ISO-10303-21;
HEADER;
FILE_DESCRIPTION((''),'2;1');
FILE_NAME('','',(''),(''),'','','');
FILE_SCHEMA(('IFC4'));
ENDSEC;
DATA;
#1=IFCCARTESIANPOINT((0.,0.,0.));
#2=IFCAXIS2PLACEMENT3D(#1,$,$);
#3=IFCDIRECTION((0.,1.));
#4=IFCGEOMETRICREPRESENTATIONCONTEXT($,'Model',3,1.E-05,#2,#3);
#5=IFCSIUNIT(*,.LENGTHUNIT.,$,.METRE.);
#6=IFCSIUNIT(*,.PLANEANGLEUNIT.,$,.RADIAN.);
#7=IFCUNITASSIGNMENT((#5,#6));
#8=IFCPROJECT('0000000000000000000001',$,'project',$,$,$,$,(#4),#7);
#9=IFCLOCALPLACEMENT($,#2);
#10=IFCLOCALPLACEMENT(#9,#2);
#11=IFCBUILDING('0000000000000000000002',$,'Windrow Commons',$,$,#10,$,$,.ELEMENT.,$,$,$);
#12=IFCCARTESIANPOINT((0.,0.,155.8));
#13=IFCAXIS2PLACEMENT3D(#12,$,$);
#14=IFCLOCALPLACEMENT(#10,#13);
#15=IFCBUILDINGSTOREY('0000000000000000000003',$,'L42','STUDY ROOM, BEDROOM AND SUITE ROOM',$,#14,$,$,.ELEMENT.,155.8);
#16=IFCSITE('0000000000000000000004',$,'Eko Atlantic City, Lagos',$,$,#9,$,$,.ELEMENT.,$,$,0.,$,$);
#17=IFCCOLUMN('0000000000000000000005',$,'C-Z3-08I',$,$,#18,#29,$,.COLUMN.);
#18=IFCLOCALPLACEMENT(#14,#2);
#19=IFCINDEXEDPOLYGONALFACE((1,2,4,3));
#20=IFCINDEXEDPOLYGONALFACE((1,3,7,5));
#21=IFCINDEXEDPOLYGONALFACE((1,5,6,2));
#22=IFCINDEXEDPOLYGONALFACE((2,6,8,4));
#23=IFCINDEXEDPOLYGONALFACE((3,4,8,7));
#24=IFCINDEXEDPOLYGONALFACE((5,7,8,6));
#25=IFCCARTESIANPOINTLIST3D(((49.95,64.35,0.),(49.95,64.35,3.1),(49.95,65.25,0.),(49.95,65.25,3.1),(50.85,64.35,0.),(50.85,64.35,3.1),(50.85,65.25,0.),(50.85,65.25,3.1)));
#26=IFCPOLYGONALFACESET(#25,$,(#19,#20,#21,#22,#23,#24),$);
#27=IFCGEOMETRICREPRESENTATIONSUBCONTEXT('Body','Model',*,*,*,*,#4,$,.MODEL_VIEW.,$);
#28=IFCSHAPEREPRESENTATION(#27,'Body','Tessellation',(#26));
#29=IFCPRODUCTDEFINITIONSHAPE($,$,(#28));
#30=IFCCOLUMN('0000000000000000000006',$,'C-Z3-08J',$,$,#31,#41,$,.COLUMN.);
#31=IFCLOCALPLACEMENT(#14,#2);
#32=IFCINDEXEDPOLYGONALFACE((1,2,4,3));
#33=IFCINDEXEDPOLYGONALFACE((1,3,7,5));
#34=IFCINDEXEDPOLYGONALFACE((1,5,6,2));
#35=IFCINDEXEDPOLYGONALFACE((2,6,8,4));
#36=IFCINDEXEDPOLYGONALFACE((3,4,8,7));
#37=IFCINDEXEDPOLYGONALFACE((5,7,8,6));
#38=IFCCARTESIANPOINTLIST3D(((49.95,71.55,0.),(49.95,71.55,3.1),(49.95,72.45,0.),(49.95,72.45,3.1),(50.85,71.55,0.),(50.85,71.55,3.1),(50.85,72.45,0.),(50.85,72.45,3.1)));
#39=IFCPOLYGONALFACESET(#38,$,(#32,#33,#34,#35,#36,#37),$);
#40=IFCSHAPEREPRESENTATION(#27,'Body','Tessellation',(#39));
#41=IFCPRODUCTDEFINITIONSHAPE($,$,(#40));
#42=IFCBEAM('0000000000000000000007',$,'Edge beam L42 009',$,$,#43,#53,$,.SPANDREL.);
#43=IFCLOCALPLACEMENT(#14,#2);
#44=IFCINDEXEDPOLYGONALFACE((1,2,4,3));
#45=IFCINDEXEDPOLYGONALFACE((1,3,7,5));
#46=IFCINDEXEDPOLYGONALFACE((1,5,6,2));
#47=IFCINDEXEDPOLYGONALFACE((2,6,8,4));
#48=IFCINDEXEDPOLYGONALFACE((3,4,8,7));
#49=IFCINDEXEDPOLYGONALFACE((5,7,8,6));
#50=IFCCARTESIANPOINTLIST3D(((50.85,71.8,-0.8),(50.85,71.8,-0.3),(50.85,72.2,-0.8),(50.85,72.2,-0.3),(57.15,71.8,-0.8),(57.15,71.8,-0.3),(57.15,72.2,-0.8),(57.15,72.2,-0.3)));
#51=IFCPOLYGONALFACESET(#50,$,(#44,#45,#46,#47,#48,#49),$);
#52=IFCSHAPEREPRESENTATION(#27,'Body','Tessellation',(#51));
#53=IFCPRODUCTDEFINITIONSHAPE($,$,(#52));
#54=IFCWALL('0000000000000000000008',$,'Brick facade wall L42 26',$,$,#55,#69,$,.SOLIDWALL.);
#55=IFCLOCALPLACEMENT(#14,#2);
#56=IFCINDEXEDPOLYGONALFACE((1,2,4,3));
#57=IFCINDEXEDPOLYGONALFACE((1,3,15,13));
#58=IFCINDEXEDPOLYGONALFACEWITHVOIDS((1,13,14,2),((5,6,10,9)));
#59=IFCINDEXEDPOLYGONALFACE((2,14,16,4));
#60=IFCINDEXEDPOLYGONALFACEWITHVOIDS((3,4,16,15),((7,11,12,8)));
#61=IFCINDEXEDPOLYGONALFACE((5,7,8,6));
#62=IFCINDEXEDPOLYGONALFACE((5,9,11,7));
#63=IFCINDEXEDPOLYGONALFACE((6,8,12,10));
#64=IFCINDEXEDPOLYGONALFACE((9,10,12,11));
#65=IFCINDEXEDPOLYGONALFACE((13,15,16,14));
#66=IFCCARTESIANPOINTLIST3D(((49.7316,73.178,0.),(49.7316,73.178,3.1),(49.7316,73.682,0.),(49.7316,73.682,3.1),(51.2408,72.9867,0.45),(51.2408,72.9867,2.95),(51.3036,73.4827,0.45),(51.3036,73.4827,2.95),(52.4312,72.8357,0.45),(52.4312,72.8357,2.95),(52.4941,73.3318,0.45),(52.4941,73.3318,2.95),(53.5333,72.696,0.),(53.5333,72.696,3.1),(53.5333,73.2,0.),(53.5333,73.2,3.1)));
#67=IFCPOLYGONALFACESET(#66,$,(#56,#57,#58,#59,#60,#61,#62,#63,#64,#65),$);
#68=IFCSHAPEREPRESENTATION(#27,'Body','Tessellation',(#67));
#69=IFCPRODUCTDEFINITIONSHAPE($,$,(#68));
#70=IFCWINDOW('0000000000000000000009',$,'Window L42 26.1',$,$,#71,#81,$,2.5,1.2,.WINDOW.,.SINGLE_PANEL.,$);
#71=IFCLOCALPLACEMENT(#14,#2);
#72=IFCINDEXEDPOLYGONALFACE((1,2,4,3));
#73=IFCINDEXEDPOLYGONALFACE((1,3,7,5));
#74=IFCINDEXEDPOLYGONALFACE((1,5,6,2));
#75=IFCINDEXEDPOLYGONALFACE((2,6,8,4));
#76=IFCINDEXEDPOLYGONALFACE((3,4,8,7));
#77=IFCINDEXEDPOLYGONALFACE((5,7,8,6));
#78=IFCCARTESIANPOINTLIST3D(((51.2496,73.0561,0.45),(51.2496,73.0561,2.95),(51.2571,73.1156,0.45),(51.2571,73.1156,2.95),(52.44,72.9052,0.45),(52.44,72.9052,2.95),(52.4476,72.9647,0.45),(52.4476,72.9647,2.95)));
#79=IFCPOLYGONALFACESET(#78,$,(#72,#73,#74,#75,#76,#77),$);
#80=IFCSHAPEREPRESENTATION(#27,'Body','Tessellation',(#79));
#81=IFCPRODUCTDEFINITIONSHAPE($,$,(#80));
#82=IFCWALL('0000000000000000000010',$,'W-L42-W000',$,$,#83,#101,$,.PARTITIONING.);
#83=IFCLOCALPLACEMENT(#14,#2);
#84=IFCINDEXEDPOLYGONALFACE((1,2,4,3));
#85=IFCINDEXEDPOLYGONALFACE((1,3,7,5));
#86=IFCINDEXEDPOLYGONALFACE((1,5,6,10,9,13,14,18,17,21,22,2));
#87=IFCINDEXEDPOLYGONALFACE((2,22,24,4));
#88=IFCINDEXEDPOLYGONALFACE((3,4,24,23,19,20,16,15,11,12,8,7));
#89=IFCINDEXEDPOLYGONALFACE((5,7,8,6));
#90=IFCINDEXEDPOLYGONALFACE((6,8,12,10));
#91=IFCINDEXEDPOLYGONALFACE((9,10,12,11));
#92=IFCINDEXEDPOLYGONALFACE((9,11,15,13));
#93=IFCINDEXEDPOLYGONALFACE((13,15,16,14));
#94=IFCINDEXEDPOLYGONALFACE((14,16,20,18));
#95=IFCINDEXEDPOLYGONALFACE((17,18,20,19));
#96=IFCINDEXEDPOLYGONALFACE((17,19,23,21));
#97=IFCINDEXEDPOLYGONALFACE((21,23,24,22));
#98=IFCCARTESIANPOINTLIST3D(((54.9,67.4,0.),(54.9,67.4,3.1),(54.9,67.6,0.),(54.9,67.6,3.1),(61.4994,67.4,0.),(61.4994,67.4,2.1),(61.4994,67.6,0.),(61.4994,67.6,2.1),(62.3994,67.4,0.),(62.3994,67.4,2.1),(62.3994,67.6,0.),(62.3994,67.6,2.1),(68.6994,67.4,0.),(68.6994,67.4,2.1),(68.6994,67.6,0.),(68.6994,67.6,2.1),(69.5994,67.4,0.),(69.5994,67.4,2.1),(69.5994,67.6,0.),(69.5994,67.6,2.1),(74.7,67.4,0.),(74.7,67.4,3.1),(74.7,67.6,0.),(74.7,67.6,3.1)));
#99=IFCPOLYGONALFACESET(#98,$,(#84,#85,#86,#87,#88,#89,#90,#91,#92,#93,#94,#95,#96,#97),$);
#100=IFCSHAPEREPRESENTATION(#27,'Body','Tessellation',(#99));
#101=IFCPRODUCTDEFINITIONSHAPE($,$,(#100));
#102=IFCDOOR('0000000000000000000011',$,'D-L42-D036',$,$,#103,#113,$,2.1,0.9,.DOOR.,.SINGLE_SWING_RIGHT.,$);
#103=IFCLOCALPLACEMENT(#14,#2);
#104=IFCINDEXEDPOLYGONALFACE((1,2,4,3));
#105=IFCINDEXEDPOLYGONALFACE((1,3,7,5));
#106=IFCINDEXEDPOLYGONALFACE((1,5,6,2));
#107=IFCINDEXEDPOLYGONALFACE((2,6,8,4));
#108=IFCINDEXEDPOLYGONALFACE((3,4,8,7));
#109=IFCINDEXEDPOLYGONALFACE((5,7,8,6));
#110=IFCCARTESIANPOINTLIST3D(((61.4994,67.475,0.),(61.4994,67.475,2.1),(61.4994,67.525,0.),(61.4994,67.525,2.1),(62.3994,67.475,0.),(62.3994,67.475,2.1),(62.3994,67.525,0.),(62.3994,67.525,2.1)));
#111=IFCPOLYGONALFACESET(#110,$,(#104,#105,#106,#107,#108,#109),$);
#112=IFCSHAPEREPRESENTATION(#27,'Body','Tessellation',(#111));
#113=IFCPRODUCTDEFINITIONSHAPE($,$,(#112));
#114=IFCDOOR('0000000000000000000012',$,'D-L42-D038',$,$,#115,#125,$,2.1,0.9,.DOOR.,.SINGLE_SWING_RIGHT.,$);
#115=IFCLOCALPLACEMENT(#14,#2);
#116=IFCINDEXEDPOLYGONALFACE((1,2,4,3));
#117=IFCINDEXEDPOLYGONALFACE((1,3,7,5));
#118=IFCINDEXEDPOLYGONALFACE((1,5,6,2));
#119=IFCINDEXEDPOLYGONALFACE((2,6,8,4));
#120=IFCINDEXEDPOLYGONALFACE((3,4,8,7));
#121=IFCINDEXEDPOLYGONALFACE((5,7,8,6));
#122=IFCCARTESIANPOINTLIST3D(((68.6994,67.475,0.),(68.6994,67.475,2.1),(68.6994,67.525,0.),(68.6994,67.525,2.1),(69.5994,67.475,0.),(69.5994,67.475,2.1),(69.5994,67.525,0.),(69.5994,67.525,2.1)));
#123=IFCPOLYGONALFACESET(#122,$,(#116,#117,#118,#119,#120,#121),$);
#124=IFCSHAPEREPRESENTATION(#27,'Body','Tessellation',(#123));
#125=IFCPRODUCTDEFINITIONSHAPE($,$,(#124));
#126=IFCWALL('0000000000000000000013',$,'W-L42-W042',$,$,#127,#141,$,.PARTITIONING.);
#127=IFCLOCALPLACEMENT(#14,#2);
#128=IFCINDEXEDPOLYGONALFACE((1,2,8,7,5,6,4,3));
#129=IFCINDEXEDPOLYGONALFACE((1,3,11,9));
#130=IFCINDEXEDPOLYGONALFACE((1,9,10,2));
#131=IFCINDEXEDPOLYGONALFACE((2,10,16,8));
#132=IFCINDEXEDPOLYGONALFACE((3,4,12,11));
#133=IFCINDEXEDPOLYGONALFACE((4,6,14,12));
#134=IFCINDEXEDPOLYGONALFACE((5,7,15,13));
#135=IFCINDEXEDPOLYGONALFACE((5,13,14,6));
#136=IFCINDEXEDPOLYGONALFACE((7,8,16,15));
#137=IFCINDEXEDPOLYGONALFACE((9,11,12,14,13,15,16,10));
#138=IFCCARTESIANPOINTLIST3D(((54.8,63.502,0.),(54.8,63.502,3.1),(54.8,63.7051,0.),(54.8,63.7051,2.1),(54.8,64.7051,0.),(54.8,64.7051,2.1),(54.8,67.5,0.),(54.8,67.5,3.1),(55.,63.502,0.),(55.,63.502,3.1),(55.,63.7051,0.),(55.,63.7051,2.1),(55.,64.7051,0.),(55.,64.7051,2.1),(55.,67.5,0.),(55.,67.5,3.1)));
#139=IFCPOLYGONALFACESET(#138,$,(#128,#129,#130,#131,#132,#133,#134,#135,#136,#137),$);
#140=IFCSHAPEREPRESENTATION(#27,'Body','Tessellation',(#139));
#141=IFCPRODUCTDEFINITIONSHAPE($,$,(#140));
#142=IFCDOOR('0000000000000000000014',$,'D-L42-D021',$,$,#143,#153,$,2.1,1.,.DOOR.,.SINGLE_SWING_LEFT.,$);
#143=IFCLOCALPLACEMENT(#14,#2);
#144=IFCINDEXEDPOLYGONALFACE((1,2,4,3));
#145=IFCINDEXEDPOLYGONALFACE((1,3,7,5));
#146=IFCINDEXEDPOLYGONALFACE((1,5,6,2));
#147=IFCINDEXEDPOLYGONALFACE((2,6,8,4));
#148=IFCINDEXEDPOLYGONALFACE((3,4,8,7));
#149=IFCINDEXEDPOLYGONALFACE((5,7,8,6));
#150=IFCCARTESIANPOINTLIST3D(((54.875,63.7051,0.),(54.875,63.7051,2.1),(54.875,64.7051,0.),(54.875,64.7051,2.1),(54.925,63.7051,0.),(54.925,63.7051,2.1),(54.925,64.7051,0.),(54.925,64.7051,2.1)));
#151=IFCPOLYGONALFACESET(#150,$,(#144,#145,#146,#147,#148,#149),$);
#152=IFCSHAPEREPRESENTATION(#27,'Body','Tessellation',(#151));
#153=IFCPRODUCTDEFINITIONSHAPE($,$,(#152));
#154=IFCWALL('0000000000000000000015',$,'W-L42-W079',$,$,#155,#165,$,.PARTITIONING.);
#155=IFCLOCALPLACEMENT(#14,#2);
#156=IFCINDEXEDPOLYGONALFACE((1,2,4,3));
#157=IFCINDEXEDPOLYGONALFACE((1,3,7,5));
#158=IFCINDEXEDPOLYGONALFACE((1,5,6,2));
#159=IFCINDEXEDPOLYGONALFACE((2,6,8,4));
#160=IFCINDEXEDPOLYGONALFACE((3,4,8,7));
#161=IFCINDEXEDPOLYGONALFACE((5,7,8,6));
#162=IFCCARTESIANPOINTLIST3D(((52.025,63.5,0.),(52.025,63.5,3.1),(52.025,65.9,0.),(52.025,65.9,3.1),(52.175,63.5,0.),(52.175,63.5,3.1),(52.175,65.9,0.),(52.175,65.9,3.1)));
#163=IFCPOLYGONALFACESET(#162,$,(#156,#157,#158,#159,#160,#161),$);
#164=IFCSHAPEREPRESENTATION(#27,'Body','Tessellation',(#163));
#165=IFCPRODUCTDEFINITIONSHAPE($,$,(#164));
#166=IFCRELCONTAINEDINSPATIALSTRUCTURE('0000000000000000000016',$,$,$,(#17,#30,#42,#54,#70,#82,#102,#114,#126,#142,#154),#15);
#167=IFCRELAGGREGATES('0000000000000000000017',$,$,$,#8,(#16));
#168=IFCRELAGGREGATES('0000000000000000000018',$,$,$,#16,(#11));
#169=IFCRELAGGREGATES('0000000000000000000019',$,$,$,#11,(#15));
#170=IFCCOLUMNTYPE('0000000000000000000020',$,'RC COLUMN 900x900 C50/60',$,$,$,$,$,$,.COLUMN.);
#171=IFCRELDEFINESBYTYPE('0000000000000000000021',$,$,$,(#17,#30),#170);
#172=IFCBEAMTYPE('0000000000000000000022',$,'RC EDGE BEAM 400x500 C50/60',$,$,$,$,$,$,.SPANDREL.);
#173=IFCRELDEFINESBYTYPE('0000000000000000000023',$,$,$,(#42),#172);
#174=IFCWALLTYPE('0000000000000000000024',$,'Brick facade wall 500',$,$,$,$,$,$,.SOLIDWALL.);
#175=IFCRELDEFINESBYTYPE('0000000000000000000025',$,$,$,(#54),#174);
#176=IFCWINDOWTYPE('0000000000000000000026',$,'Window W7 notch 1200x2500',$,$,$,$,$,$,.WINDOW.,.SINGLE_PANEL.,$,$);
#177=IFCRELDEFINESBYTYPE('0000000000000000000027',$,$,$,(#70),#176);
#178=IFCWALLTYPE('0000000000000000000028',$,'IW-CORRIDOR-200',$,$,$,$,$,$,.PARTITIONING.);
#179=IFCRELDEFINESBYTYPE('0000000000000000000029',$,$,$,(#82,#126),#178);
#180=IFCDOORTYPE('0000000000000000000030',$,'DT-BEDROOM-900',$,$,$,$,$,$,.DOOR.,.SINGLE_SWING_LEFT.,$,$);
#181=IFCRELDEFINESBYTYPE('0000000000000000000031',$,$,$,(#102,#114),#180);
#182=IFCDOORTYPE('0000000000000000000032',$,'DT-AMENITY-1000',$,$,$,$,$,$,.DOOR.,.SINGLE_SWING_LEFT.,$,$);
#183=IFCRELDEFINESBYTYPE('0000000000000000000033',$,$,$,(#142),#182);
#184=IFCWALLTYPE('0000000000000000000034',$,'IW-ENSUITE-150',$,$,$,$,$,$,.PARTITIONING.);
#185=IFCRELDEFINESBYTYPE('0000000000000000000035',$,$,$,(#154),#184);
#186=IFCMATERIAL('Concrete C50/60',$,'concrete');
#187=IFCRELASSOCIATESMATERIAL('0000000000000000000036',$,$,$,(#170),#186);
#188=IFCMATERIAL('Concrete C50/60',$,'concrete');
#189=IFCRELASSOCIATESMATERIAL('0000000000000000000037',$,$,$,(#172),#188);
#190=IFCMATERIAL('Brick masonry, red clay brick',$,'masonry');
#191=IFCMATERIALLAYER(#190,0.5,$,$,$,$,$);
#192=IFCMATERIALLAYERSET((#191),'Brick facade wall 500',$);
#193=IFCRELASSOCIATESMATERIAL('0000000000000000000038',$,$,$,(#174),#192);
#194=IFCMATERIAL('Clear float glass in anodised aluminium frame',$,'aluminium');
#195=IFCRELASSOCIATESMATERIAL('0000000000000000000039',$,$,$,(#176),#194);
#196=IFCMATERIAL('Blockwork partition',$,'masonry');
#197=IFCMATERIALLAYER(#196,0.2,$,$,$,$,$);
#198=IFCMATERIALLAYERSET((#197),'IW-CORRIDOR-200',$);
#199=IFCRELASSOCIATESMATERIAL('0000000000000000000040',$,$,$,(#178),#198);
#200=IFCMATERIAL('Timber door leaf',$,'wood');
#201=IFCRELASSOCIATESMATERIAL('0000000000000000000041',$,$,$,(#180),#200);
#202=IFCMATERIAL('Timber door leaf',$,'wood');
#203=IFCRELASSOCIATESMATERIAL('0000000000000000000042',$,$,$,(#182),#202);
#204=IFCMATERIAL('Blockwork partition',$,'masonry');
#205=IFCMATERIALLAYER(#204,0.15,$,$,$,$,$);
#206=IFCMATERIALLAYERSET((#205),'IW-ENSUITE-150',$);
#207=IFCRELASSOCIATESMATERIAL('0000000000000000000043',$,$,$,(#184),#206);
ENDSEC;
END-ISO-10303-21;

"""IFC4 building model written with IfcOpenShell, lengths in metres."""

from ifc_helpers import new_model, si_unit, direction, frame, frame_2d, origin, origin_2d, place, context, subcontext, project, spatial, polyline, rectangle, outline, extrude, material, layer, layer_set, material_profile, profile_set, type_object, element, fill, save


model = new_model("IFC4")

# Units and contexts
model_context = context("Model", 3, precision=1e-05, world=origin(), true_north=direction((0.0, 1.0)))
body_context = subcontext(model_context, "Body", "Model", "MODEL_VIEW")
ifc_project = project(units=[si_unit("LENGTHUNIT", "METRE"), si_unit("PLANEANGLEUNIT", "RADIAN")], contexts=[model_context])

# Site, building, storey
site_placement = place(None, origin())
site = spatial("IfcSite", under=ifc_project, at=site_placement, Name="Eko Atlantic City, Lagos", CompositionType="ELEMENT", RefElevation=0.0)
building_placement = place(site_placement, origin())
building = spatial("IfcBuilding", under=site, at=building_placement, Name="Windrow Commons", CompositionType="ELEMENT")
storey_placement = place(building_placement, frame((0.0, 0.0, 155.8)))
storey = spatial("IfcBuildingStorey", under=building, at=storey_placement, Name="L42", Description="STUDY ROOM, BEDROOM AND SUITE ROOM", CompositionType="ELEMENT", Elevation=155.8)

# Columns
ifc_material_1 = material(Name="Concrete C50/60", Category="concrete")
ifc_material_profile_1 = material_profile(ifc_material_1, rectangle(XDim=0.9, YDim=0.9, at=origin_2d()))
ifc_profile_set_1 = profile_set([ifc_material_profile_1], Name="Concrete C50/60")
column_type = type_object("IfcColumnType", Name="RC COLUMN 900x900 C50/60", PredefinedType="COLUMN", material=ifc_profile_set_1)
for number, where, z_axis, x_axis, name in (
    (1, (50.4, 64.8, 0.0), (0.0, 0.0, 1.0), (1.0, 0.0, 0.0), "C-Z3-08I"),
    (2, (50.4, 72.0, 0.0), (0.0, 0.0, 1.0), (1.0, 0.0, 0.0), "C-Z3-08J"),
):
    element("IfcColumn", number, at=place(storey_placement, frame(where, z_axis=z_axis, x_axis=x_axis)), inside=storey, type_object=column_type, Name=name, PredefinedType="COLUMN", context=body_context, shape_type="SweptSolid", body=[
        extrude(rectangle(XDim=0.9, YDim=0.9, at=origin_2d()), origin(), (0.0, 0.0, 1.0), 3.1),
    ])

# Beam
ifc_material_2 = material(Name="Concrete C50/60", Category="concrete")
ifc_material_profile_2 = material_profile(ifc_material_2, rectangle(XDim=0.4, YDim=0.5, at=origin_2d()))
ifc_profile_set_2 = profile_set([ifc_material_profile_2], Name="Concrete C50/60")
beam_type = type_object("IfcBeamType", Name="RC EDGE BEAM 400x500 C50/60", PredefinedType="SPANDREL", material=ifc_profile_set_2)
beam_placement = place(storey_placement, frame((50.85, 72.0, -0.55), z_axis=(1.0, 0.0, 0.0), x_axis=(0.0, 1.0, 0.0)))
element("IfcBeam", 3, at=beam_placement, inside=storey, type_object=beam_type, Name="Edge beam L42 009", PredefinedType="SPANDREL", context=body_context, shape_type="SweptSolid", body=[
    extrude(rectangle(XDim=0.4, YDim=0.5, at=origin_2d()), origin(), (0.0, 0.0, 1.0), 6.3),
])

# Wall, opening, window
ifc_material_3 = material(Name="Brick masonry, red clay brick", Category="masonry")
ifc_layer_1 = layer(ifc_material_3, 0.5)
ifc_layer_set_1 = layer_set([ifc_layer_1], Name="Brick facade wall 500")
wall_type_1 = type_object("IfcWallType", Name="Brick facade wall 500", PredefinedType="SOLIDWALL", material=ifc_layer_set_1)
wall_1_placement = place(storey_placement, frame((53.5333, 72.948, 0.0), z_axis=(0.0, 0.0, 1.0), x_axis=(-0.992058, 0.125779, 0.0)))
wall_1 = element("IfcWall", 4, at=wall_1_placement, inside=storey, type_object=wall_type_1, Name="Brick facade wall L42 26", PredefinedType="SOLIDWALL", context=body_context, shape_type="SweptSolid", body=[
    extrude(outline(polyline([(0.0317, -0.25), (3.8638, -0.25), (3.8004, 0.25), (-0.0317, 0.25), (0.0317, -0.25)])), origin(), (0.0, 0.0, 1.0), 3.1),
])
opening_1_placement = place(wall_1_placement, frame((1.0792, 0.0, 0.45)))
opening_1 = element("IfcOpeningElement", 5, at=opening_1_placement, cuts=wall_1, PredefinedType="OPENING", context=body_context, shape_type="SweptSolid", body=[
    extrude(rectangle(XDim=1.2, YDim=2.5, at=frame_2d((0.6, 1.25))), frame((0.0, 0.26, 0.0), z_axis=(0.0, -1.0, 0.0), x_axis=(1.0, 0.0, 0.0)), (0.0, 0.0, 1.0), 0.52),
])
ifc_material_4 = material(Name="Clear float glass in anodised aluminium frame", Category="aluminium")
window_type = type_object("IfcWindowType", Name="Window W7 notch 1200x2500", PartitioningType="SINGLE_PANEL", PredefinedType="WINDOW", material=ifc_material_4)
window_placement = place(opening_1_placement, origin())
window = element("IfcWindow", 6, at=window_placement, inside=storey, type_object=window_type, Name="Window L42 26.1", OverallHeight=2.5, OverallWidth=1.2, PartitioningType="SINGLE_PANEL", PredefinedType="WINDOW", context=body_context, shape_type="SweptSolid", body=[
    extrude(rectangle(XDim=1.2, YDim=2.5, at=frame_2d((0.6, 1.25))), frame((0.0, 0.18, 0.0), z_axis=(0.0, -1.0, 0.0), x_axis=(1.0, 0.0, 0.0)), (0.0, 0.0, 1.0), 0.06),
])
fill(opening_1, window)

# Wall, openings, doors
ifc_material_5 = material(Name="Blockwork partition", Category="masonry")
ifc_layer_2 = layer(ifc_material_5, 0.2)
ifc_layer_set_2 = layer_set([ifc_layer_2], Name="IW-CORRIDOR-200")
wall_type_2 = type_object("IfcWallType", Name="IW-CORRIDOR-200", PredefinedType="PARTITIONING", material=ifc_layer_set_2)
wall_2_placement = place(storey_placement, frame((54.9, 67.5, 0.0), z_axis=(0.0, 0.0, 1.0), x_axis=(1.0, 0.0, 0.0)))
wall_2 = element("IfcWall", 7, at=wall_2_placement, inside=storey, type_object=wall_type_2, Name="W-L42-W000", PredefinedType="PARTITIONING", context=body_context, shape_type="SweptSolid", body=[
    extrude(rectangle(XDim=19.8, YDim=0.2, at=frame_2d((9.9, 0.0))), origin(), (0.0, 0.0, 1.0), 3.1),
])
opening_2_placement = place(wall_2_placement, frame((6.5994, 0.0, 0.0)))
opening_2 = element("IfcOpeningElement", 8, at=opening_2_placement, cuts=wall_2, PredefinedType="OPENING", context=body_context, shape_type="SweptSolid", body=[
    extrude(rectangle(XDim=0.9, YDim=2.1, at=frame_2d((0.45, 1.05))), frame((0.0, 0.11, 0.0), z_axis=(0.0, -1.0, 0.0), x_axis=(1.0, 0.0, 0.0)), (0.0, 0.0, 1.0), 0.22),
])
opening_3_placement = place(wall_2_placement, frame((13.7994, 0.0, 0.0)))
opening_3 = element("IfcOpeningElement", 9, at=opening_3_placement, cuts=wall_2, PredefinedType="OPENING", context=body_context, shape_type="SweptSolid", body=[
    extrude(rectangle(XDim=0.9, YDim=2.1, at=frame_2d((0.45, 1.05))), frame((0.0, 0.11, 0.0), z_axis=(0.0, -1.0, 0.0), x_axis=(1.0, 0.0, 0.0)), (0.0, 0.0, 1.0), 0.22),
])
ifc_material_6 = material(Name="Timber door leaf", Category="wood")
door_type_1 = type_object("IfcDoorType", Name="DT-BEDROOM-900", OperationType="SINGLE_SWING_LEFT", PredefinedType="DOOR", material=ifc_material_6)
door_1_placement = place(opening_2_placement, origin())
door_1 = element("IfcDoor", 10, at=door_1_placement, inside=storey, type_object=door_type_1, Name="D-L42-D036", OperationType="SINGLE_SWING_RIGHT", OverallHeight=2.1, OverallWidth=0.9, PredefinedType="DOOR", context=body_context, shape_type="SweptSolid", body=[
    extrude(rectangle(XDim=0.9, YDim=2.1, at=frame_2d((0.45, 1.05))), frame((0.0, 0.025, 0.0), z_axis=(0.0, -1.0, 0.0), x_axis=(1.0, 0.0, 0.0)), (0.0, 0.0, 1.0), 0.05),
])
fill(opening_2, door_1)
door_2_placement = place(opening_3_placement, origin())
door_2 = element("IfcDoor", 11, at=door_2_placement, inside=storey, type_object=door_type_1, Name="D-L42-D038", OperationType="SINGLE_SWING_RIGHT", OverallHeight=2.1, OverallWidth=0.9, PredefinedType="DOOR", context=body_context, shape_type="SweptSolid", body=[
    extrude(rectangle(XDim=0.9, YDim=2.1, at=frame_2d((0.45, 1.05))), frame((0.0, 0.025, 0.0), z_axis=(0.0, -1.0, 0.0), x_axis=(1.0, 0.0, 0.0)), (0.0, 0.0, 1.0), 0.05),
])
fill(opening_3, door_2)

# Wall, opening, door
wall_3_placement = place(storey_placement, frame((54.9, 63.502, 0.0), z_axis=(0.0, 0.0, 1.0), x_axis=(0.0, 1.0, 0.0)))
wall_3 = element("IfcWall", 12, at=wall_3_placement, inside=storey, type_object=wall_type_2, Name="W-L42-W042", PredefinedType="PARTITIONING", context=body_context, shape_type="SweptSolid", body=[
    extrude(rectangle(XDim=3.998, YDim=0.2, at=frame_2d((1.999, 0.0))), origin(), (0.0, 0.0, 1.0), 3.1),
])
opening_4_placement = place(wall_3_placement, frame((0.2031, 0.0, 0.0)))
opening_4 = element("IfcOpeningElement", 13, at=opening_4_placement, cuts=wall_3, PredefinedType="OPENING", context=body_context, shape_type="SweptSolid", body=[
    extrude(rectangle(XDim=1.0, YDim=2.1, at=frame_2d((0.5, 1.05))), frame((0.0, 0.11, 0.0), z_axis=(0.0, -1.0, 0.0), x_axis=(1.0, 0.0, 0.0)), (0.0, 0.0, 1.0), 0.22),
])
ifc_material_7 = material(Name="Timber door leaf", Category="wood")
door_type_2 = type_object("IfcDoorType", Name="DT-AMENITY-1000", OperationType="SINGLE_SWING_LEFT", PredefinedType="DOOR", material=ifc_material_7)
door_3_placement = place(opening_4_placement, origin())
door_3 = element("IfcDoor", 14, at=door_3_placement, inside=storey, type_object=door_type_2, Name="D-L42-D021", OperationType="SINGLE_SWING_LEFT", OverallHeight=2.1, OverallWidth=1.0, PredefinedType="DOOR", context=body_context, shape_type="SweptSolid", body=[
    extrude(rectangle(XDim=1.0, YDim=2.1, at=frame_2d((0.5, 1.05))), frame((0.0, 0.025, 0.0), z_axis=(0.0, -1.0, 0.0), x_axis=(1.0, 0.0, 0.0)), (0.0, 0.0, 1.0), 0.05),
])
fill(opening_4, door_3)

# Wall
ifc_material_8 = material(Name="Blockwork partition", Category="masonry")
ifc_layer_3 = layer(ifc_material_8, 0.15)
ifc_layer_set_3 = layer_set([ifc_layer_3], Name="IW-ENSUITE-150")
wall_type_3 = type_object("IfcWallType", Name="IW-ENSUITE-150", PredefinedType="PARTITIONING", material=ifc_layer_set_3)
for number, where, z_axis, x_axis, name in (
    (15, (52.1, 63.5, 0.0), (0.0, 0.0, 1.0), (0.0, 1.0, 0.0), "W-L42-W079"),
):
    element("IfcWall", number, at=place(storey_placement, frame(where, z_axis=z_axis, x_axis=x_axis)), inside=storey, type_object=wall_type_3, Name=name, PredefinedType="PARTITIONING", context=body_context, shape_type="SweptSolid", body=[
        extrude(rectangle(XDim=2.4, YDim=0.15, at=frame_2d((1.2, 0.0))), origin(), (0.0, 0.0, 1.0), 3.1),
    ])

save(model, "model.ifc")
